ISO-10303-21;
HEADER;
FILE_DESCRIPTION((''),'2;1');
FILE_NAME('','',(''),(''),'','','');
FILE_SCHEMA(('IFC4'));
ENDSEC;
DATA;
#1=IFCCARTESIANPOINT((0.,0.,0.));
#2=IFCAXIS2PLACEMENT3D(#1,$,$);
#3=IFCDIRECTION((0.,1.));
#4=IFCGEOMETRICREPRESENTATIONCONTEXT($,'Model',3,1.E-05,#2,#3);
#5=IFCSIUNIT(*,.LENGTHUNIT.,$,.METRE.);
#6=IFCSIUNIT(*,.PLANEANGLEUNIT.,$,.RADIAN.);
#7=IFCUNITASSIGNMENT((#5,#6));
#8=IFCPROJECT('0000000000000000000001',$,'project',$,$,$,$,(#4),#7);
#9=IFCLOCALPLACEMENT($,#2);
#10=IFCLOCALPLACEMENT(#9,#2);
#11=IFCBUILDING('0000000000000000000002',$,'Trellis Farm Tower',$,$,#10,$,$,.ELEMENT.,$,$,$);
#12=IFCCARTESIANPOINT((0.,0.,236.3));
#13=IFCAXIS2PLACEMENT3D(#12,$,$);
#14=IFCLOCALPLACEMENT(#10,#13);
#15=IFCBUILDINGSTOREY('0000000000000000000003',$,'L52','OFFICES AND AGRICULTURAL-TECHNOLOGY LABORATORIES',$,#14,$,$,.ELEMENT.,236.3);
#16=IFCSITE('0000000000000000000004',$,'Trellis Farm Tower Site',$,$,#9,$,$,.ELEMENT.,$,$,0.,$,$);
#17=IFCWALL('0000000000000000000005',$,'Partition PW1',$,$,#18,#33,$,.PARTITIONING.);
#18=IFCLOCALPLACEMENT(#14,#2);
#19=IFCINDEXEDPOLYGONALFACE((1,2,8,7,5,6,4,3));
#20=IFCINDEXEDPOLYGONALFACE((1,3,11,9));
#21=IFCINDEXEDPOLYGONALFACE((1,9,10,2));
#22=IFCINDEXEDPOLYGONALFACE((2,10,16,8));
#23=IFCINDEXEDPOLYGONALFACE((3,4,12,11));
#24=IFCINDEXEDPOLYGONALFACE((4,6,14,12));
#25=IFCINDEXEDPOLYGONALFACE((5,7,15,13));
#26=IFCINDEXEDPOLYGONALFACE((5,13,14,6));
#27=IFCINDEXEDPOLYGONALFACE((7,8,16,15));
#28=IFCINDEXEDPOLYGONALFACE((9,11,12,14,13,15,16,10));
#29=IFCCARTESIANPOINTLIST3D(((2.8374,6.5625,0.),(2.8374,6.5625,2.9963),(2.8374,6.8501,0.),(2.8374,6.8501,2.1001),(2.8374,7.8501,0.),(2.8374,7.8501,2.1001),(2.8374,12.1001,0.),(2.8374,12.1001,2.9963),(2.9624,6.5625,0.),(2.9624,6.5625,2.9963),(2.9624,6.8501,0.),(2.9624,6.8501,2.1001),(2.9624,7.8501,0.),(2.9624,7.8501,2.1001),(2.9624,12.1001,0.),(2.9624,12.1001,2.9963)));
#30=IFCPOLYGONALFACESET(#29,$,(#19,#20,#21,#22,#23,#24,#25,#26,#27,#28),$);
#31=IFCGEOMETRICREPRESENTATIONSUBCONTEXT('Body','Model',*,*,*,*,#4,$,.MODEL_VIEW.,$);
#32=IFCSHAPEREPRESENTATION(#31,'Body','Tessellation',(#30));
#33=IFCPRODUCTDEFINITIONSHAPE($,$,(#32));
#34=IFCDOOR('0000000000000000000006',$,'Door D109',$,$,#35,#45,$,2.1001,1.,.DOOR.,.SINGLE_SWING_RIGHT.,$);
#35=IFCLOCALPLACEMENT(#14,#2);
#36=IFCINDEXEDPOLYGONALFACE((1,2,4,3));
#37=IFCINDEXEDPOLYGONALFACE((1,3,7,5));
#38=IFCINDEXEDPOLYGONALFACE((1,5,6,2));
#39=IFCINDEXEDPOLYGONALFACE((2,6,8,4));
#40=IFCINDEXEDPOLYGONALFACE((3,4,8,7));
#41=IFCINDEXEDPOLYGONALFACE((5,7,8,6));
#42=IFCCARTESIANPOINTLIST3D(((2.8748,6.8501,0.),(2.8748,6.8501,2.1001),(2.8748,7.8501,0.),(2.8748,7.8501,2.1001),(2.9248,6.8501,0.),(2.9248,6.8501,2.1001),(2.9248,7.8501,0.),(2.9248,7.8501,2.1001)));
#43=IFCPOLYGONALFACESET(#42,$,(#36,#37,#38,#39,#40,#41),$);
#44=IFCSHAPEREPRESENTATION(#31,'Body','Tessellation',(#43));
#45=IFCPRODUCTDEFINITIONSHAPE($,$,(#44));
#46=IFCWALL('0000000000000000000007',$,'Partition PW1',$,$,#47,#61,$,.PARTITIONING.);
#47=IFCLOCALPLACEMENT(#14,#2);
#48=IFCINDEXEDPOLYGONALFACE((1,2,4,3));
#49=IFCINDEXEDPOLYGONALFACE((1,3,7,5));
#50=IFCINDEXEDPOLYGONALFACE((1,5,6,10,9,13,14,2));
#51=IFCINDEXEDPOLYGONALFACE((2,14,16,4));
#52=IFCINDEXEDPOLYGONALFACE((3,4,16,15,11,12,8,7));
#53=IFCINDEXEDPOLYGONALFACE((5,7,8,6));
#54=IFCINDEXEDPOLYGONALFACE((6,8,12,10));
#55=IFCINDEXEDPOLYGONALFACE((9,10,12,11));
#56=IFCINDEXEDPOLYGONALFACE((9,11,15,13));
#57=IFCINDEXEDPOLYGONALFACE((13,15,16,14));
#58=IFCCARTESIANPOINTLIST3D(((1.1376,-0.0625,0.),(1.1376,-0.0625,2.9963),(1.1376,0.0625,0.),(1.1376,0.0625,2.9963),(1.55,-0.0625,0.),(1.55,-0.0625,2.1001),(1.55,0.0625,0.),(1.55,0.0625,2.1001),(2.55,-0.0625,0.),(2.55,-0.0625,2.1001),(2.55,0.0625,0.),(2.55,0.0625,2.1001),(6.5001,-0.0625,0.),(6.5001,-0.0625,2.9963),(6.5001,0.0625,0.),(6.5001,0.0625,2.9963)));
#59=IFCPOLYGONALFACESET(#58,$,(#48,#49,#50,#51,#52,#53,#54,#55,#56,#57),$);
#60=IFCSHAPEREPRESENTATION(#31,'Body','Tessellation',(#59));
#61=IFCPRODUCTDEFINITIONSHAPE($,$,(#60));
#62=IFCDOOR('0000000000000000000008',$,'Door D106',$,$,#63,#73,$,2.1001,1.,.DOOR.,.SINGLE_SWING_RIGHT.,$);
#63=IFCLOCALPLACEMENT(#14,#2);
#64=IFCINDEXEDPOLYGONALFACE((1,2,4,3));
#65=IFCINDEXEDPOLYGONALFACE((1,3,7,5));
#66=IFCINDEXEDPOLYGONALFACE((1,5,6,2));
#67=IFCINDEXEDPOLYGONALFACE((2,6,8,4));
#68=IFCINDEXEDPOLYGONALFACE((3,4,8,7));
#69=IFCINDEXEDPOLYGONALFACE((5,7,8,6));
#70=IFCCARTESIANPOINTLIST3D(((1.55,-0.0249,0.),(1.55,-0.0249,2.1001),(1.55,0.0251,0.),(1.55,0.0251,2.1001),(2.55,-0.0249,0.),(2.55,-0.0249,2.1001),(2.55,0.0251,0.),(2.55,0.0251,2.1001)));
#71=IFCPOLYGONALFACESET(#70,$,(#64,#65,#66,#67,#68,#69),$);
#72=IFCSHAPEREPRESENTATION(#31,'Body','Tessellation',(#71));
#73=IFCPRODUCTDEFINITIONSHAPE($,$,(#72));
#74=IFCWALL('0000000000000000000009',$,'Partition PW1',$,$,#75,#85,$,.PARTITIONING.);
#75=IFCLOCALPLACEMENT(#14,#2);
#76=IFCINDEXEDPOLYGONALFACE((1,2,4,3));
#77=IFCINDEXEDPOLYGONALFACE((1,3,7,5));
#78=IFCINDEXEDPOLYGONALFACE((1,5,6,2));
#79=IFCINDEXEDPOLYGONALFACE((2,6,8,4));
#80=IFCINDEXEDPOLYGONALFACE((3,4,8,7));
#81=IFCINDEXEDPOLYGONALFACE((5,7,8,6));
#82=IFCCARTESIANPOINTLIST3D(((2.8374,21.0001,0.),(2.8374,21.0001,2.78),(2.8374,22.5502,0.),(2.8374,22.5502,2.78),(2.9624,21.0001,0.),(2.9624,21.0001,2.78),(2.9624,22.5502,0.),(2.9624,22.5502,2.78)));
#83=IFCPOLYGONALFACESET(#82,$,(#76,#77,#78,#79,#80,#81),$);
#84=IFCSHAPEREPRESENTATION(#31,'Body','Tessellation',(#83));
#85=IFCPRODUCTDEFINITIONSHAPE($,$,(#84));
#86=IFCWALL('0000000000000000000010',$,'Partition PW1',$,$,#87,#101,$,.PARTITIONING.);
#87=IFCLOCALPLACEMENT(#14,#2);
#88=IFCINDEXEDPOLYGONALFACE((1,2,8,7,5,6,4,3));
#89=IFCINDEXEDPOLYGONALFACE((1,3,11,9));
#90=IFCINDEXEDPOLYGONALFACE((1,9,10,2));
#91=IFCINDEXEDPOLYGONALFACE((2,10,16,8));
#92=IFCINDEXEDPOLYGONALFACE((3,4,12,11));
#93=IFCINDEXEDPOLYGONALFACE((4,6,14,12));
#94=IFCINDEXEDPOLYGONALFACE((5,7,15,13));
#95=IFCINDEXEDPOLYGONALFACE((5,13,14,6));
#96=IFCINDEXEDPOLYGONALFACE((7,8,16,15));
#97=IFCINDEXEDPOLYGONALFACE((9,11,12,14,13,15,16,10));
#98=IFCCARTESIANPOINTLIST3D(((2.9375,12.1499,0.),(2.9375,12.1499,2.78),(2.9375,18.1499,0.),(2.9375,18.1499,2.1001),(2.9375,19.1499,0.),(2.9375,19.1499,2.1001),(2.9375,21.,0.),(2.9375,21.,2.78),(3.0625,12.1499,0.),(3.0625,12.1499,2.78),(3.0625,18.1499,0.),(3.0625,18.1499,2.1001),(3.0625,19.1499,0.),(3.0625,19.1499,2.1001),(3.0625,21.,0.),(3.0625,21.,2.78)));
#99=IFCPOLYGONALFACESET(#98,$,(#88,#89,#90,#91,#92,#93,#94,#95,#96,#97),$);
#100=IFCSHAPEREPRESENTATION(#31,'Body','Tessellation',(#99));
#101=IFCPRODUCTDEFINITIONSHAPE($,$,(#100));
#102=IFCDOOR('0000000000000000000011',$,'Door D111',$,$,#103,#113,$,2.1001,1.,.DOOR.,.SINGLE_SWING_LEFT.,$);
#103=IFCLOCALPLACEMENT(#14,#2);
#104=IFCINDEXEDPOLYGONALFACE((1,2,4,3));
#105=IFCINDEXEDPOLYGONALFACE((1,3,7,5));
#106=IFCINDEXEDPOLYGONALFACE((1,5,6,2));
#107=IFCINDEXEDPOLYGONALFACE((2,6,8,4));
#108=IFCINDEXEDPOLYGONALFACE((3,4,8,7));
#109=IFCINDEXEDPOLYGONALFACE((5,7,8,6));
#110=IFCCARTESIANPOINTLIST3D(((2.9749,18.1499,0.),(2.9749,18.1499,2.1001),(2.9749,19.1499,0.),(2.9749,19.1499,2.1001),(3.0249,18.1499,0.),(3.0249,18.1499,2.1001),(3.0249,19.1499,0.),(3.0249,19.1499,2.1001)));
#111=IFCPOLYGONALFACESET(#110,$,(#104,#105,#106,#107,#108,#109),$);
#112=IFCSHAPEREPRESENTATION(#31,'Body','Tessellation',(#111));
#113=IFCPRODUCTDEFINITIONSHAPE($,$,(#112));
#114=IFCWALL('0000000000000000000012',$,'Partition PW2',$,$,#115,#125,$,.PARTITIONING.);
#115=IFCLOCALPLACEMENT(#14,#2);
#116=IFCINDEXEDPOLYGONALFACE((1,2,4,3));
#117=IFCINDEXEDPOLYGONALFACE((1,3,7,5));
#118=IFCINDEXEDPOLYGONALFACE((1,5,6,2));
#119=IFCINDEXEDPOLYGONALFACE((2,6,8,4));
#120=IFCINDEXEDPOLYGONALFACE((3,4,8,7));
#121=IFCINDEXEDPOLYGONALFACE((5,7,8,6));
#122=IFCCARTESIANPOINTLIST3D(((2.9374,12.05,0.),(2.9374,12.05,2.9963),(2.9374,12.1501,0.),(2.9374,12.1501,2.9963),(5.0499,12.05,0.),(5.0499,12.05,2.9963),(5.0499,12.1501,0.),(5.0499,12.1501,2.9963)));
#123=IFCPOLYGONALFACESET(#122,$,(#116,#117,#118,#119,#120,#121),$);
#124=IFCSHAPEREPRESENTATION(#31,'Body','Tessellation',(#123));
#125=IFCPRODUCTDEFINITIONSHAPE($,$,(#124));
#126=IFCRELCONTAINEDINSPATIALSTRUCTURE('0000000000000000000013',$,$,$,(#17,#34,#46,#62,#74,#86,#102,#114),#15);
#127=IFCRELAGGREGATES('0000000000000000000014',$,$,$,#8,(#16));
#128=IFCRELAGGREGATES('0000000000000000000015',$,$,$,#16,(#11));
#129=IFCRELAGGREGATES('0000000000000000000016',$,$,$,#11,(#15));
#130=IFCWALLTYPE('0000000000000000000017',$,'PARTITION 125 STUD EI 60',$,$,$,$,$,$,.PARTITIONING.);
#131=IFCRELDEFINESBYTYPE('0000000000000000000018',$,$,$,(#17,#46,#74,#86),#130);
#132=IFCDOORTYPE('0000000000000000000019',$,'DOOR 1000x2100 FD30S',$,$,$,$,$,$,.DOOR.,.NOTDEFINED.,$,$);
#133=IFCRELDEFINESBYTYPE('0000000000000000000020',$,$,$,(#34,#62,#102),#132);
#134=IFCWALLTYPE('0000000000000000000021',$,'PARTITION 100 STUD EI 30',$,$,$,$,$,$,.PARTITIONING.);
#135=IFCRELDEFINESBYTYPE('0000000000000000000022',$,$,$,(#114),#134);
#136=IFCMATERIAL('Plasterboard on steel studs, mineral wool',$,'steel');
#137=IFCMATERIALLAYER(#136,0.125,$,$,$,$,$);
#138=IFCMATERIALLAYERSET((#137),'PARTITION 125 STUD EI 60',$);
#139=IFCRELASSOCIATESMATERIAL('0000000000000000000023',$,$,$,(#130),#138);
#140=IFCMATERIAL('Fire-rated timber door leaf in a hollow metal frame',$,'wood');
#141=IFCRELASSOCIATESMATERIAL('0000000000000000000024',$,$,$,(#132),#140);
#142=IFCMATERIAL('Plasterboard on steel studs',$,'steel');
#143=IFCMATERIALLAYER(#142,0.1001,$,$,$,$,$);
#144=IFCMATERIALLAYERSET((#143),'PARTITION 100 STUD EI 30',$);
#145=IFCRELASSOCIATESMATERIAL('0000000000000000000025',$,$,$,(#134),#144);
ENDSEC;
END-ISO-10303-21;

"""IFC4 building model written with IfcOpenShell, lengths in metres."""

from ifc_helpers import new_model, si_unit, direction, frame, frame_2d, origin, place, context, subcontext, project, spatial, rectangle, extrude, source, transform, mapped, material, layer, layer_set, type_object, element, fill, save


model = new_model("IFC4")

# Units and contexts
model_context = context("Model", 3, precision=1e-05, world=origin(), true_north=direction((0.0, 1.0)))
body_context = subcontext(model_context, "Body", "Model", "MODEL_VIEW")
ifc_project = project(units=[si_unit("LENGTHUNIT", "METRE"), si_unit("PLANEANGLEUNIT", "RADIAN")], contexts=[model_context])

# Site, building, storey
site_placement = place(None, origin())
site = spatial("IfcSite", under=ifc_project, at=site_placement, Name="Trellis Farm Tower Site", CompositionType="ELEMENT", RefElevation=0.0)
building_placement = place(site_placement, origin())
building = spatial("IfcBuilding", under=site, at=building_placement, Name="Trellis Farm Tower", CompositionType="ELEMENT")
storey_placement = place(building_placement, frame((0.0, 0.0, 236.3)))
storey = spatial("IfcBuildingStorey", under=building, at=storey_placement, Name="L52", Description="OFFICES AND AGRICULTURAL-TECHNOLOGY LABORATORIES", CompositionType="ELEMENT", Elevation=236.3)

# Shared definitions
ifc_material_1 = material(Name="Plasterboard on steel studs, mineral wool", Category="steel")
ifc_layer_1 = layer(ifc_material_1, 0.125)
ifc_layer_set_1 = layer_set([ifc_layer_1], Name="PARTITION 125 STUD EI 60")
wall_type_1 = type_object("IfcWallType", Name="PARTITION 125 STUD EI 60", PredefinedType="PARTITIONING", material=ifc_layer_set_1)

# Walls, openings, doors
shared_shape_1 = source(origin(), body_context, "Body", "SweptSolid", [
    extrude(rectangle(XDim=5.5376, YDim=0.125, at=frame_2d((2.7688, 0.0))), origin(), (0.0, 0.0, 1.0), 2.9963),
])
wall_1_placement = place(storey_placement, frame((2.8999, 12.1001, 0.0), z_axis=(0.0, 0.0, 1.0), x_axis=(0.0, -1.0, 0.0)))
wall_1 = element("IfcWall", 1, at=wall_1_placement, inside=storey, type_object=wall_type_1, Name="Partition PW1", PredefinedType="PARTITIONING", context=body_context, shape_type="MappedRepresentation", body=[
    mapped(shared_shape_1, transform((0.0, 0.0, 0.0))),
])
shared_shape_2 = source(origin(), body_context, "Body", "SweptSolid", [
    extrude(rectangle(XDim=1.0, YDim=2.1001, at=frame_2d((0.5, 1.05))), frame((0.0, 0.0725, 0.0), z_axis=(0.0, -1.0, 0.0), x_axis=(1.0, 0.0, 0.0)), (0.0, 0.0, 1.0), 0.145),
])
opening_1_placement = place(wall_1_placement, frame((4.25, 0.0, 0.0)))
opening_1 = element("IfcOpeningElement", 2, at=opening_1_placement, cuts=wall_1, PredefinedType="OPENING", context=body_context, shape_type="MappedRepresentation", body=[
    mapped(shared_shape_2, transform((0.0, 0.0, 0.0))),
])
ifc_material_2 = material(Name="Fire-rated timber door leaf in a hollow metal frame", Category="wood")
door_type_1 = type_object("IfcDoorType", Name="DOOR 1000x2100 FD30S", OperationType="NOTDEFINED", PredefinedType="DOOR", material=ifc_material_2)
shared_shape_3 = source(origin(), body_context, "Body", "SweptSolid", [
    extrude(rectangle(XDim=1.0, YDim=2.1001, at=frame_2d((0.5, 1.05))), frame((0.0, 0.0249, 0.0), z_axis=(0.0, -1.0, 0.0), x_axis=(1.0, 0.0, 0.0)), (0.0, 0.0, 1.0), 0.05),
])
door_1_placement = place(opening_1_placement, origin())
door_1 = element("IfcDoor", 3, at=door_1_placement, inside=storey, type_object=door_type_1, Name="Door D109", OperationType="SINGLE_SWING_RIGHT", OverallHeight=2.1001, OverallWidth=1.0, PredefinedType="DOOR", context=body_context, shape_type="MappedRepresentation", body=[
    mapped(shared_shape_3, transform((0.0, 0.0, 0.0))),
])
fill(opening_1, door_1)
shared_shape_4 = source(origin(), body_context, "Body", "SweptSolid", [
    extrude(rectangle(XDim=5.3625, YDim=0.125, at=frame_2d((2.6812, 0.0))), origin(), (0.0, 0.0, 1.0), 2.9963),
])
wall_2_placement = place(storey_placement, frame((6.5, 0.0, 0.0), z_axis=(0.0, 0.0, 1.0), x_axis=(-1.0, 0.0, 0.0)))
wall_2 = element("IfcWall", 4, at=wall_2_placement, inside=storey, type_object=wall_type_1, Name="Partition PW1", PredefinedType="PARTITIONING", context=body_context, shape_type="MappedRepresentation", body=[
    mapped(shared_shape_4, transform((0.0, 0.0, 0.0))),
])
opening_2_placement = place(wall_2_placement, frame((3.95, 0.0, 0.0)))
opening_2 = element("IfcOpeningElement", 5, at=opening_2_placement, cuts=wall_2, PredefinedType="OPENING", context=body_context, shape_type="MappedRepresentation", body=[
    mapped(shared_shape_2, transform((0.0, 0.0, 0.0))),
])
door_2_placement = place(opening_2_placement, origin())
door_2 = element("IfcDoor", 6, at=door_2_placement, inside=storey, type_object=door_type_1, Name="Door D106", OperationType="SINGLE_SWING_RIGHT", OverallHeight=2.1001, OverallWidth=1.0, PredefinedType="DOOR", context=body_context, shape_type="MappedRepresentation", body=[
    mapped(shared_shape_3, transform((0.0, 0.0, 0.0))),
])
fill(opening_2, door_2)

# Wall
shared_shape_5 = source(origin(), body_context, "Body", "SweptSolid", [
    extrude(rectangle(XDim=1.55, YDim=0.125, at=frame_2d((0.7749, 0.0))), origin(), (0.0, 0.0, 1.0), 2.78),
])
wall_3_placement = place(storey_placement, frame((2.8999, 22.55, 0.0), z_axis=(0.0, 0.0, 1.0), x_axis=(0.0, -1.0, 0.0)))
element("IfcWall", 7, at=wall_3_placement, inside=storey, type_object=wall_type_1, Name="Partition PW1", PredefinedType="PARTITIONING", context=body_context, shape_type="MappedRepresentation", body=[
    mapped(shared_shape_5, transform((0.0, 0.0, 0.0))),
])

# Wall, opening, door
shared_shape_6 = source(origin(), body_context, "Body", "SweptSolid", [
    extrude(rectangle(XDim=8.8501, YDim=0.125, at=frame_2d((4.425, 0.0))), origin(), (0.0, 0.0, 1.0), 2.78),
])
wall_4_placement = place(storey_placement, frame((3.0, 21.0, 0.0), z_axis=(0.0, 0.0, 1.0), x_axis=(0.0, -1.0, 0.0)))
wall_4 = element("IfcWall", 8, at=wall_4_placement, inside=storey, type_object=wall_type_1, Name="Partition PW1", PredefinedType="PARTITIONING", context=body_context, shape_type="MappedRepresentation", body=[
    mapped(shared_shape_6, transform((0.0, 0.0, 0.0))),
])
opening_3_placement = place(wall_4_placement, frame((1.8501, 0.0, 0.0)))
opening_3 = element("IfcOpeningElement", 9, at=opening_3_placement, cuts=wall_4, PredefinedType="OPENING", context=body_context, shape_type="MappedRepresentation", body=[
    mapped(shared_shape_2, transform((0.0, 0.0, 0.0))),
])
door_3_placement = place(opening_3_placement, origin())
door_3 = element("IfcDoor", 10, at=door_3_placement, inside=storey, type_object=door_type_1, Name="Door D111", OperationType="SINGLE_SWING_LEFT", OverallHeight=2.1001, OverallWidth=1.0, PredefinedType="DOOR", context=body_context, shape_type="MappedRepresentation", body=[
    mapped(shared_shape_3, transform((0.0, 0.0, 0.0))),
])
fill(opening_3, door_3)

# Wall
ifc_material_3 = material(Name="Plasterboard on steel studs", Category="steel")
ifc_layer_2 = layer(ifc_material_3, 0.1001)
ifc_layer_set_2 = layer_set([ifc_layer_2], Name="PARTITION 100 STUD EI 30")
wall_type_2 = type_object("IfcWallType", Name="PARTITION 100 STUD EI 30", PredefinedType="PARTITIONING", material=ifc_layer_set_2)
shared_shape_7 = source(origin(), body_context, "Body", "SweptSolid", [
    extrude(rectangle(XDim=2.1125, YDim=0.1001, at=frame_2d((1.0562, 0.0))), origin(), (0.0, 0.0, 1.0), 2.9963),
])
wall_5_placement = place(storey_placement, frame((2.9375, 12.1001, 0.0), z_axis=(0.0, 0.0, 1.0), x_axis=(1.0, 0.0, 0.0)))
element("IfcWall", 11, at=wall_5_placement, inside=storey, type_object=wall_type_2, Name="Partition PW2", PredefinedType="PARTITIONING", context=body_context, shape_type="MappedRepresentation", body=[
    mapped(shared_shape_7, transform((0.0, 0.0, 0.0))),
])

save(model, "model.ifc")
